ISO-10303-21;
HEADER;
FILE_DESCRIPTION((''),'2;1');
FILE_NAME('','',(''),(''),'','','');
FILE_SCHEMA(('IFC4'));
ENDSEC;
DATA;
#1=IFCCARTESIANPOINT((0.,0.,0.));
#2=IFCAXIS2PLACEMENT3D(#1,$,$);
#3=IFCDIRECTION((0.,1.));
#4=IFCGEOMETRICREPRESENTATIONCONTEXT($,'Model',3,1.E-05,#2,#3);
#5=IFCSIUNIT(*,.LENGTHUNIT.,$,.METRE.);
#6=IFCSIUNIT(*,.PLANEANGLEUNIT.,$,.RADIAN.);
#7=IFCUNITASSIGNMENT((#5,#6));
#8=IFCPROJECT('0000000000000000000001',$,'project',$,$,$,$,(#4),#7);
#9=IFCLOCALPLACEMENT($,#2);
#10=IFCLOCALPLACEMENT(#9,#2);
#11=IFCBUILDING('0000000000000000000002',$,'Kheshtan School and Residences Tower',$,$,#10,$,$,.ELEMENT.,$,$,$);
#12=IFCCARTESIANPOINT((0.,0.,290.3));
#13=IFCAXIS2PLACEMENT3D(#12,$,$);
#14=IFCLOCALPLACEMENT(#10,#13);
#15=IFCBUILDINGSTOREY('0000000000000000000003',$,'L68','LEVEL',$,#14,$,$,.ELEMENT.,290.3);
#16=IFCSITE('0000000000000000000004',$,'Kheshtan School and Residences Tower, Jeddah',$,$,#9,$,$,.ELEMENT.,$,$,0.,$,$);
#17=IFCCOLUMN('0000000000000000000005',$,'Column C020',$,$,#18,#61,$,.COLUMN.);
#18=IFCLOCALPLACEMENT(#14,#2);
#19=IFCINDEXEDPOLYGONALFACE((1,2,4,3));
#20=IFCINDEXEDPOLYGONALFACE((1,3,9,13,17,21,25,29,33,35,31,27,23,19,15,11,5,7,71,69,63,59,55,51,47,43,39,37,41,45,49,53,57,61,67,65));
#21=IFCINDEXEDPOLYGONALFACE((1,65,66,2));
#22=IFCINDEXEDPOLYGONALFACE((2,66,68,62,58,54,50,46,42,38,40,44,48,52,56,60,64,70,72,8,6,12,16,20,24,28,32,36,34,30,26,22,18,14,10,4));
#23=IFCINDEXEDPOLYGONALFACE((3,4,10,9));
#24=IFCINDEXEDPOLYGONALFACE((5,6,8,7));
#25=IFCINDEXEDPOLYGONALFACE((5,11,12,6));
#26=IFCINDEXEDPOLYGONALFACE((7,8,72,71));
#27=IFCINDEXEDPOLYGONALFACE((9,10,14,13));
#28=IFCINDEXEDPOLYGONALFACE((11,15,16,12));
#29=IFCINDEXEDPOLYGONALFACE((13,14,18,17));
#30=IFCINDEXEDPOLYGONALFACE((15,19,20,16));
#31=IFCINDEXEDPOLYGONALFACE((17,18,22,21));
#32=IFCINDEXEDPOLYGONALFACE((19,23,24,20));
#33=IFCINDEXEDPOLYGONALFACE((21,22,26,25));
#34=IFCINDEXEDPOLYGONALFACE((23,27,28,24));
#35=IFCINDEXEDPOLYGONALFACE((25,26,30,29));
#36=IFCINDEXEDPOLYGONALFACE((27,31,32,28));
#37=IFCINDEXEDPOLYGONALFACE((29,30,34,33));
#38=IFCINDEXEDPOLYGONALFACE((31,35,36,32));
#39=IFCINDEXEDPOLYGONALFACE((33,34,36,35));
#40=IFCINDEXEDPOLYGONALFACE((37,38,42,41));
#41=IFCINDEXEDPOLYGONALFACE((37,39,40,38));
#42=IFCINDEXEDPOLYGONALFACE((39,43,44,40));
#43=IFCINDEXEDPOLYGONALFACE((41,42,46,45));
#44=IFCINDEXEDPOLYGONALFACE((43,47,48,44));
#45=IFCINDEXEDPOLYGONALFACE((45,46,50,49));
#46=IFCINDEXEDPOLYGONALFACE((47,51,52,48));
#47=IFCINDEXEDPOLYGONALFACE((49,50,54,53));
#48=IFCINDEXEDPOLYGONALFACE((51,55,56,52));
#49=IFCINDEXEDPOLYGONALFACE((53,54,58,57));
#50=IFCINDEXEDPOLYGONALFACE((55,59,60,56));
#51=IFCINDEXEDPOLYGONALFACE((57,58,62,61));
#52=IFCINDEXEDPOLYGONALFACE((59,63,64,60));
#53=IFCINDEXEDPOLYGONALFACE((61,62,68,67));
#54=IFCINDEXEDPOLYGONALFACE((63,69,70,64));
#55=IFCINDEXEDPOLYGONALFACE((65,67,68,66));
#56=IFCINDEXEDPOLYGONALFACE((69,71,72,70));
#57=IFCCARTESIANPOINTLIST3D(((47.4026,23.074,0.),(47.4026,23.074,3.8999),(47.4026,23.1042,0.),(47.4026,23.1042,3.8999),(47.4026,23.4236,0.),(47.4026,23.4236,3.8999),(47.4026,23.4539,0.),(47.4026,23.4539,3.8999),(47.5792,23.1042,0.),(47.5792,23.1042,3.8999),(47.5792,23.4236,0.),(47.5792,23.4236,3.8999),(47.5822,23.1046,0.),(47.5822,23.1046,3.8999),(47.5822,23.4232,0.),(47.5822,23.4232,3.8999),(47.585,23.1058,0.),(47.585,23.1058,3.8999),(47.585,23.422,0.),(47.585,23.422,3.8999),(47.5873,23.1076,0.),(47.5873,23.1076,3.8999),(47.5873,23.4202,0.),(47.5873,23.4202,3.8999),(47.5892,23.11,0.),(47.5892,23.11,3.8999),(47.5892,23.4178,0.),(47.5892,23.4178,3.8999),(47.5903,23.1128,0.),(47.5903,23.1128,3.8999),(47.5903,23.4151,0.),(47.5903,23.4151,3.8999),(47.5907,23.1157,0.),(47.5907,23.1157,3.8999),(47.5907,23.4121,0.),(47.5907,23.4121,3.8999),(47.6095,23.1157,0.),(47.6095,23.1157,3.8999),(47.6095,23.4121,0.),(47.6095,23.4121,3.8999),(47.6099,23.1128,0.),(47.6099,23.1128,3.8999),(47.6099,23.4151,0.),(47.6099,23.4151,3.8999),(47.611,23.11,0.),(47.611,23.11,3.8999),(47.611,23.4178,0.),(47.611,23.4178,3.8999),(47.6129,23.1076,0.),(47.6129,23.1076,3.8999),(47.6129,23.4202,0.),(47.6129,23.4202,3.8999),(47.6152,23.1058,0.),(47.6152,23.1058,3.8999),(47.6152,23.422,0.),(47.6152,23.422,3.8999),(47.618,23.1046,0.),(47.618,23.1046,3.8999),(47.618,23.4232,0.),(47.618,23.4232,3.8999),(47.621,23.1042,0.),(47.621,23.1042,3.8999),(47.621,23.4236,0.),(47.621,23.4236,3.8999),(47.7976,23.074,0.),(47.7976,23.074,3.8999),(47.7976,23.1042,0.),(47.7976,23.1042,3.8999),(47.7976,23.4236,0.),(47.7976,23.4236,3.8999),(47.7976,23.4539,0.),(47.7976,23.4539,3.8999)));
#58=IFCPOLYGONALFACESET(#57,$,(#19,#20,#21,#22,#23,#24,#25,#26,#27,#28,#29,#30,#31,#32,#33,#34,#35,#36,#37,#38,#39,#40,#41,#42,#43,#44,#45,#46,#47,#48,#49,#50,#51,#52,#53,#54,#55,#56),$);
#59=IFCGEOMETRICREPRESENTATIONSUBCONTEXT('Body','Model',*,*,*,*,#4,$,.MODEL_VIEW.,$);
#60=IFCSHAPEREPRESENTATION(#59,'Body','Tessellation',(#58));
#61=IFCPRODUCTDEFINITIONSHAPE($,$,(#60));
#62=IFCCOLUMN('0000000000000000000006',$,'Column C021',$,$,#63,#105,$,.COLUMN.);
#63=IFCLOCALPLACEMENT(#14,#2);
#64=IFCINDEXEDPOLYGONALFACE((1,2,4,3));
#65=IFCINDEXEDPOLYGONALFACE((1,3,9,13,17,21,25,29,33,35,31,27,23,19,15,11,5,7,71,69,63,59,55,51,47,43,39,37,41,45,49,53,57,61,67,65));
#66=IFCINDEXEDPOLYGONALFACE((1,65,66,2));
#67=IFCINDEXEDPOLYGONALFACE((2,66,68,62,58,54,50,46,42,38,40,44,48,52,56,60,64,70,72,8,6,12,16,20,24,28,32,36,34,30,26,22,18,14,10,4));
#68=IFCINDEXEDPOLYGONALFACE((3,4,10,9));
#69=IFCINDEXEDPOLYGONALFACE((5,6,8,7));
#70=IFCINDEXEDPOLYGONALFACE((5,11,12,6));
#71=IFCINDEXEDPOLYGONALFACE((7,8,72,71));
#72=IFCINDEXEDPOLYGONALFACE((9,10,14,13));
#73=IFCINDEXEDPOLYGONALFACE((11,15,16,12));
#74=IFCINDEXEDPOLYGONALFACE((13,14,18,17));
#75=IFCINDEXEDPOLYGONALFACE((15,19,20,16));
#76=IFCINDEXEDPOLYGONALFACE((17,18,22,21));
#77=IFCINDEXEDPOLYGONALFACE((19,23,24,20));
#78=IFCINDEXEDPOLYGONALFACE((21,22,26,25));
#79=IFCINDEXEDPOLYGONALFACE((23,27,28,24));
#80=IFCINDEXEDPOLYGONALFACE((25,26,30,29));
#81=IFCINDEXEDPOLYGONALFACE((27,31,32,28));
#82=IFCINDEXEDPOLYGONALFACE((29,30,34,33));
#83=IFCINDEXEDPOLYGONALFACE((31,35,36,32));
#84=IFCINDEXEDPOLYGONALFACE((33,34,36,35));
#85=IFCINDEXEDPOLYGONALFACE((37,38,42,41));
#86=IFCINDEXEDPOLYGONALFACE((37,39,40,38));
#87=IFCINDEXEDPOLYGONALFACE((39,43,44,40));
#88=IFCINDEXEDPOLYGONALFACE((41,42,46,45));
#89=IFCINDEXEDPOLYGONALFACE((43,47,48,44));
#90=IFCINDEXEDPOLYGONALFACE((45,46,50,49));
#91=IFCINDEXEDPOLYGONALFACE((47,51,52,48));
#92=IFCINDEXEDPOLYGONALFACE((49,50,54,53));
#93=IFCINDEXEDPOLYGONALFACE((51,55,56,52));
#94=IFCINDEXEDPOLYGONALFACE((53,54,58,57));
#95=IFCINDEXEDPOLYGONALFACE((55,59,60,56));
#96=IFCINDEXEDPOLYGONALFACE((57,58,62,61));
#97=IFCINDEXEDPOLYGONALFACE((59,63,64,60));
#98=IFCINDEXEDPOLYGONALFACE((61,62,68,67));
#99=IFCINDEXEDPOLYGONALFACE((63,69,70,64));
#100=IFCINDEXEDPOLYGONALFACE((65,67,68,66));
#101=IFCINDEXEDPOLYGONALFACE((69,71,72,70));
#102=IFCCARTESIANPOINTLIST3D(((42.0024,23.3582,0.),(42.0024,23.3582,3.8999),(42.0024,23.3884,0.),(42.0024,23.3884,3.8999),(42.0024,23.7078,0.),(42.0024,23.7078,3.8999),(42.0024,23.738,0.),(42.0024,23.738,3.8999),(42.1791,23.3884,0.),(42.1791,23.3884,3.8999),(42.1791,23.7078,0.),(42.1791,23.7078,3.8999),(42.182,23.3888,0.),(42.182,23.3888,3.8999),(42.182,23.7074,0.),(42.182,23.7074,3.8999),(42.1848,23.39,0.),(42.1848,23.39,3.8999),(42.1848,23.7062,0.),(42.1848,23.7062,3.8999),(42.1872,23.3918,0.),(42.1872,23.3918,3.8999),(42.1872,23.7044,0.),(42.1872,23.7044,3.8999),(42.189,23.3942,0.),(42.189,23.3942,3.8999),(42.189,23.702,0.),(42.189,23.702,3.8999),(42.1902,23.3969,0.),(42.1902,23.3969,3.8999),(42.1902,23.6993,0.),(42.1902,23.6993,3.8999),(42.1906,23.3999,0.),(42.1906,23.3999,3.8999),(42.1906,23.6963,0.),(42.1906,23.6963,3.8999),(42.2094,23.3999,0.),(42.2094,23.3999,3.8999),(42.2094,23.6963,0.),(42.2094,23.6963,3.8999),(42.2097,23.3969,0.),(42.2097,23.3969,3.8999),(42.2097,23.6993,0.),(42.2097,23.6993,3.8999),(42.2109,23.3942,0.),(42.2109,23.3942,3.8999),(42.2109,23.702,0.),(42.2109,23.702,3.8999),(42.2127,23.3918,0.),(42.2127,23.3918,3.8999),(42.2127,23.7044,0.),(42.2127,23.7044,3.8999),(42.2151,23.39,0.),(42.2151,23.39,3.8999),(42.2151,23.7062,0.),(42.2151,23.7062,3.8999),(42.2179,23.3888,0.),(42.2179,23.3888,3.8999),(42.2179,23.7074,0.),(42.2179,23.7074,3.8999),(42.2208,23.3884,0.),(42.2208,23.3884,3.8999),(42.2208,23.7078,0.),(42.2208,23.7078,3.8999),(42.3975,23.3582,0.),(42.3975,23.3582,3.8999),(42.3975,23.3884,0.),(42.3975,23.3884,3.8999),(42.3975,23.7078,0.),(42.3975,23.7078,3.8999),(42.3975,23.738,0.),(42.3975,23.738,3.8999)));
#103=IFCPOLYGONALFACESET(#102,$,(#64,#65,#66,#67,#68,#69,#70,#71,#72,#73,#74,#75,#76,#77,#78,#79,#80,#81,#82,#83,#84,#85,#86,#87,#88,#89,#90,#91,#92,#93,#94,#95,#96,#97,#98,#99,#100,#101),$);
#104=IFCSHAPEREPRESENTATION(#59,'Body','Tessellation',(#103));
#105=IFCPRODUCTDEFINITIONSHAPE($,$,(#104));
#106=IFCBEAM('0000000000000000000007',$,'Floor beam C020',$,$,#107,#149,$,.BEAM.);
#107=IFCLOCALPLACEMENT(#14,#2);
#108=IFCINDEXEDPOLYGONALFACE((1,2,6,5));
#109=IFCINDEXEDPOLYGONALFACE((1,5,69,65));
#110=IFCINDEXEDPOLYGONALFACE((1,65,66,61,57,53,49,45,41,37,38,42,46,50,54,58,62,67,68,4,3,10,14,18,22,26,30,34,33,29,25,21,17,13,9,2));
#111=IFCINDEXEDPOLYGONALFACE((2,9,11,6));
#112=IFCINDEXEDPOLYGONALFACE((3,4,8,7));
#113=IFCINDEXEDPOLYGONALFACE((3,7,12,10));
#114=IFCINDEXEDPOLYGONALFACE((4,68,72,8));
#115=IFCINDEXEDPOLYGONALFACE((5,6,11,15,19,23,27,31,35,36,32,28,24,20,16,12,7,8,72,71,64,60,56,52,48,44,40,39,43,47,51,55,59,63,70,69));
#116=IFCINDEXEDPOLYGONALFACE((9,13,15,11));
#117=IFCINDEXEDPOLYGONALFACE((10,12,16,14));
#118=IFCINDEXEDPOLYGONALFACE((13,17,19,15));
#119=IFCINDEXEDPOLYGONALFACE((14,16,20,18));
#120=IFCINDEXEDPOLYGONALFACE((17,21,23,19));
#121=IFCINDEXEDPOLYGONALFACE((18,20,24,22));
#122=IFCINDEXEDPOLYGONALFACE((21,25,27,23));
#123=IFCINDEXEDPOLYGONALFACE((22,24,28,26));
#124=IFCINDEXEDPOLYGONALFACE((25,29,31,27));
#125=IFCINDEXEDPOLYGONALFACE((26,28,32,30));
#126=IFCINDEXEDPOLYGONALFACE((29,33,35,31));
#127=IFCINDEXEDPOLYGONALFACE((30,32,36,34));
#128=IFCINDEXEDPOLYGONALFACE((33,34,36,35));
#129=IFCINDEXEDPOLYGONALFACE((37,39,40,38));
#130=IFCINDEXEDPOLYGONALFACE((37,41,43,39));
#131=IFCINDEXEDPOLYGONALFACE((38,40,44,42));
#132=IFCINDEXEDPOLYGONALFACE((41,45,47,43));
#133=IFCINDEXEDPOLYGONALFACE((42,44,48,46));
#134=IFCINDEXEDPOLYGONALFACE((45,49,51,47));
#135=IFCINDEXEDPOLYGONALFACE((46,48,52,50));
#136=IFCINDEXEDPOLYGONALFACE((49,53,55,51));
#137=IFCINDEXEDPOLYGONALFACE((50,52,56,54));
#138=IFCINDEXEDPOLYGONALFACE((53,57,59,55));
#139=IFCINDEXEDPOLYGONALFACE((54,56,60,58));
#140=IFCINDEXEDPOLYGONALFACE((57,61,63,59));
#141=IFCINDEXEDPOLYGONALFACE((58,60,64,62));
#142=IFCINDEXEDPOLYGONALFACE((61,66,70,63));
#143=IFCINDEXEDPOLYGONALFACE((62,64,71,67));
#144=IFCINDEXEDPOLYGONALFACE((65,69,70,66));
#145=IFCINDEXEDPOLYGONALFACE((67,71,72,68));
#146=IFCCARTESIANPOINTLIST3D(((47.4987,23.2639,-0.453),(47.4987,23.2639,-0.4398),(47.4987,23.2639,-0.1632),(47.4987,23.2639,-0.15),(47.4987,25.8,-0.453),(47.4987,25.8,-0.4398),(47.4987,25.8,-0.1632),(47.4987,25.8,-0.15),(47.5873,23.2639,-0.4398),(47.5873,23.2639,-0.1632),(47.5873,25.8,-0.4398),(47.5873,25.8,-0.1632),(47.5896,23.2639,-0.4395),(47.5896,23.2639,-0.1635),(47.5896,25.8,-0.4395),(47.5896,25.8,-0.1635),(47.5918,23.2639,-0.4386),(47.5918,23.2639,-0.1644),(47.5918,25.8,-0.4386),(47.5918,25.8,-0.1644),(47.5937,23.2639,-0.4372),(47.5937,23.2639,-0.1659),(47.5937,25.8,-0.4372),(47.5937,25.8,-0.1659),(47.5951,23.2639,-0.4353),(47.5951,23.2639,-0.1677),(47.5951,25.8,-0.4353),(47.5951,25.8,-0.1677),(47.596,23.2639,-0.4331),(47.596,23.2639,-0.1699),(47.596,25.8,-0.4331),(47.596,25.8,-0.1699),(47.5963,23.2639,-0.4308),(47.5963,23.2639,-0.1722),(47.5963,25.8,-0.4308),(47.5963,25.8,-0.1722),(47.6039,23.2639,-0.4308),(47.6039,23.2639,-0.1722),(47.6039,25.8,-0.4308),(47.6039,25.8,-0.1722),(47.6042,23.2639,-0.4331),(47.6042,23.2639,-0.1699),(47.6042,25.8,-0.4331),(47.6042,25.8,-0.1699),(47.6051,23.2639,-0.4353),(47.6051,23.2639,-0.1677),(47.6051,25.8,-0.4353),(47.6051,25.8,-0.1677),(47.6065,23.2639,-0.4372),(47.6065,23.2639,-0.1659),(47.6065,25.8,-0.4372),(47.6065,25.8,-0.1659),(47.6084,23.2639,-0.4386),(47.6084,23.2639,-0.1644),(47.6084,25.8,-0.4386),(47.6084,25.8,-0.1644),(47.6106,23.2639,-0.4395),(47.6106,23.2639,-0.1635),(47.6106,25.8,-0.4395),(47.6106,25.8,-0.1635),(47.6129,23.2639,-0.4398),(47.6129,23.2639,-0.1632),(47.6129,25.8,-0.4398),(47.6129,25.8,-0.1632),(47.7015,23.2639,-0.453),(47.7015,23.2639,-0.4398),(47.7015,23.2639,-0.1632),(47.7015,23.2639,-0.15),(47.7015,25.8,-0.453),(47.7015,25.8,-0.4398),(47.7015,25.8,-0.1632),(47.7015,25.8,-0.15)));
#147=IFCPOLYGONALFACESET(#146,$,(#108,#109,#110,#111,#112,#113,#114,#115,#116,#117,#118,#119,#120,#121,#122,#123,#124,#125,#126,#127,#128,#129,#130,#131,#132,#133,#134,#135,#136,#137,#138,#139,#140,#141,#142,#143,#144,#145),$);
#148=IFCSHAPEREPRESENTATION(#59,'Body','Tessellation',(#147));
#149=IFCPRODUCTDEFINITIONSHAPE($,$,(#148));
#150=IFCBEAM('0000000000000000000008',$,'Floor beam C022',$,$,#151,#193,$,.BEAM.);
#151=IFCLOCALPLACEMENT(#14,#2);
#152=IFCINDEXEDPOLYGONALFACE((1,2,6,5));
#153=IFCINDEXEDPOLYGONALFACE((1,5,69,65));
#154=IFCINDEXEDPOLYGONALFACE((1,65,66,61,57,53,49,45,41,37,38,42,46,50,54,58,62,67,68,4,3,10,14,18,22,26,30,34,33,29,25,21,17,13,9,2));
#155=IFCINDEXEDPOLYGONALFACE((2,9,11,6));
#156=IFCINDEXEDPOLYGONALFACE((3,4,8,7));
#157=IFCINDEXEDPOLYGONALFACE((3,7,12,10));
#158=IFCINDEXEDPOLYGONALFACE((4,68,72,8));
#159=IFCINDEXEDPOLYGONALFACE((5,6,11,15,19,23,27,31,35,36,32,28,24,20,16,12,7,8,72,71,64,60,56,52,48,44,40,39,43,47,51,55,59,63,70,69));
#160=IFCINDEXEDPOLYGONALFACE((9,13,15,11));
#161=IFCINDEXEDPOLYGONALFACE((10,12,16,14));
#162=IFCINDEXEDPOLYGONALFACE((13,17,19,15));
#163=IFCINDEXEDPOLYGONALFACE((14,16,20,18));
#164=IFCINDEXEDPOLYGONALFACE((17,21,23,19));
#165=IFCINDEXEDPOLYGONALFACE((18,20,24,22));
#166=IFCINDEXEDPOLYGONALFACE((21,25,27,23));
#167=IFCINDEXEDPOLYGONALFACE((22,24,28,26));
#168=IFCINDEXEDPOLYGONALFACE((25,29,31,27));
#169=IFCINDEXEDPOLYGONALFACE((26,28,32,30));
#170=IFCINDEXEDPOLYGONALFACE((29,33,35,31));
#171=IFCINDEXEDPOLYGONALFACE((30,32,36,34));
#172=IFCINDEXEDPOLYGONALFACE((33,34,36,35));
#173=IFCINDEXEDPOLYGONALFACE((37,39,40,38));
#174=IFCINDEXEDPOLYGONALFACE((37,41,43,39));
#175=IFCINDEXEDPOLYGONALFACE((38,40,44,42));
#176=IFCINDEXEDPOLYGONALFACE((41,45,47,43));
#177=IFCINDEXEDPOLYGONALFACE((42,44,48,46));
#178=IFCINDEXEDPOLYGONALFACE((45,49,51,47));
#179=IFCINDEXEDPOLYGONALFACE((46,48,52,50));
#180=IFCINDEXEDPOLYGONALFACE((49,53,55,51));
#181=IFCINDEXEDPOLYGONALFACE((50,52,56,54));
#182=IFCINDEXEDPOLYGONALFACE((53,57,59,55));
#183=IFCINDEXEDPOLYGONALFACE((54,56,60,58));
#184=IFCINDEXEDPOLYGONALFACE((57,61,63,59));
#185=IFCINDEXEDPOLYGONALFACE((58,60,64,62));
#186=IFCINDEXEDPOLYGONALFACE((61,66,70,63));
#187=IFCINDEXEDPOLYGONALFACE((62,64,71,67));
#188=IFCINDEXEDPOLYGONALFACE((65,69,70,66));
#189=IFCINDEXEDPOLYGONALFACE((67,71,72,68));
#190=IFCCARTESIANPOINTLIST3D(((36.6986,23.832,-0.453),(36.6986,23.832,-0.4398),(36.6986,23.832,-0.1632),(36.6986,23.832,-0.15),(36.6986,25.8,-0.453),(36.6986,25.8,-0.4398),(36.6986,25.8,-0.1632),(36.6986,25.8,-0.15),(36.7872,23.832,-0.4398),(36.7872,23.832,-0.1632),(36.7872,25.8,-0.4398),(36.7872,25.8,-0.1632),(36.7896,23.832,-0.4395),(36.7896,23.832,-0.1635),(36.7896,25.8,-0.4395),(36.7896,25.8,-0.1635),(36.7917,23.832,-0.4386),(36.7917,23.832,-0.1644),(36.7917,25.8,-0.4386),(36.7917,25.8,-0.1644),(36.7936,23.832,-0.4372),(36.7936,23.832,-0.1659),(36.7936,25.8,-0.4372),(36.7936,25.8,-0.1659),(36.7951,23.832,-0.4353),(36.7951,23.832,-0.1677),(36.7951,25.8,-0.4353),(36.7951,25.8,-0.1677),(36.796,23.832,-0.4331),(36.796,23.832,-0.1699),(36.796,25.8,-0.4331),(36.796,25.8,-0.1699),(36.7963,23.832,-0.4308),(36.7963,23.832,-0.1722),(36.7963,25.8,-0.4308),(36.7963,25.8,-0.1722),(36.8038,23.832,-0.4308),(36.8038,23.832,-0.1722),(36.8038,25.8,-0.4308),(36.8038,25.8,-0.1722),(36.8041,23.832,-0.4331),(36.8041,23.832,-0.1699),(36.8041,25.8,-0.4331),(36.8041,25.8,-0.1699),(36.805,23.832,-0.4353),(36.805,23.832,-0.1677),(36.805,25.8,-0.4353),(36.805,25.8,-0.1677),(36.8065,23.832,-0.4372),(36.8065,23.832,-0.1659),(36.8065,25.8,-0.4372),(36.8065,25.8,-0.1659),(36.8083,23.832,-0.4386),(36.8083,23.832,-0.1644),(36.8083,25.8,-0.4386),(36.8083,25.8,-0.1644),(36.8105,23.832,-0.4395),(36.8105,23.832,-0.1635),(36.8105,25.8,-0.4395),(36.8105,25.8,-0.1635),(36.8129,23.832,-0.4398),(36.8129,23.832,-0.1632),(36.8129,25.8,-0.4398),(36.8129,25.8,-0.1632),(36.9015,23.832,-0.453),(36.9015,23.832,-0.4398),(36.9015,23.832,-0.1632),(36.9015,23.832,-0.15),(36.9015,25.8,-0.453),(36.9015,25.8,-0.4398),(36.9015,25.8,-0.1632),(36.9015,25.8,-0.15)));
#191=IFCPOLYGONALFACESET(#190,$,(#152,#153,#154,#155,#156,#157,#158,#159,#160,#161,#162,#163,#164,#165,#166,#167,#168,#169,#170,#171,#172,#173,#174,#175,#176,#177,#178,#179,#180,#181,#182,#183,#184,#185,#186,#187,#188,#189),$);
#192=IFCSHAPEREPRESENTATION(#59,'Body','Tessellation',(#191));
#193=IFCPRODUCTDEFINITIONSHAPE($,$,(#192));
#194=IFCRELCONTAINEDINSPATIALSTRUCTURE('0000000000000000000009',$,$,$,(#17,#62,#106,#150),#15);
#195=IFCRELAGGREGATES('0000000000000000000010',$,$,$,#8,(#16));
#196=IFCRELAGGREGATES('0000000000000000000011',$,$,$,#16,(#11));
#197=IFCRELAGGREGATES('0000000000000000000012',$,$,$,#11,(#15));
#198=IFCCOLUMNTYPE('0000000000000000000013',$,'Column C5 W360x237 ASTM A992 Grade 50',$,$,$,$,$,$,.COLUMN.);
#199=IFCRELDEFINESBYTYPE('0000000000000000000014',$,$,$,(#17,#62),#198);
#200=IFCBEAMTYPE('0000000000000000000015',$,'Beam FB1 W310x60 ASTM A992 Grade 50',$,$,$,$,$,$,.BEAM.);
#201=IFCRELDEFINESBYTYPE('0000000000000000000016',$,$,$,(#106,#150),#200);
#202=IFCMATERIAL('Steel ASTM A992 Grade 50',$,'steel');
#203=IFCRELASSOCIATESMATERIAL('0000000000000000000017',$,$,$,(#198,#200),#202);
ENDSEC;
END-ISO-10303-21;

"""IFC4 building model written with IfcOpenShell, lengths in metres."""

from ifc_helpers import new_model, si_unit, direction, frame, origin, origin_2d, place, context, subcontext, project, spatial, i_section, extrude, material, material_profile, profile_set, type_object, element, save


model = new_model("IFC4")

# Units and contexts
model_context = context("Model", 3, precision=1e-05, world=origin(), true_north=direction((0.0, 1.0)))
body_context = subcontext(model_context, "Body", "Model", "MODEL_VIEW")
ifc_project = project(units=[si_unit("LENGTHUNIT", "METRE"), si_unit("PLANEANGLEUNIT", "RADIAN")], contexts=[model_context])

# Site, building, storey
site_placement = place(None, origin())
site = spatial("IfcSite", under=ifc_project, at=site_placement, Name="Kheshtan School and Residences Tower, Jeddah", CompositionType="ELEMENT", RefElevation=0.0)
building_placement = place(site_placement, origin())
building = spatial("IfcBuilding", under=site, at=building_placement, Name="Kheshtan School and Residences Tower", CompositionType="ELEMENT")
storey_placement = place(building_placement, frame((0.0, 0.0, 290.3)))
storey = spatial("IfcBuildingStorey", under=building, at=storey_placement, Name="L68", Description="LEVEL", CompositionType="ELEMENT", Elevation=290.3)

# Columns
ifc_material_1 = material(Name="Steel ASTM A992 Grade 50", Category="steel")
ifc_material_profile_1 = material_profile(ifc_material_1, i_section(OverallWidth=0.395, OverallDepth=0.3799, WebThickness=0.0188, FlangeThickness=0.0303, FilletRadius=0.0115, at=origin_2d()), Name="W360x237")
ifc_profile_set_1 = profile_set([ifc_material_profile_1], Name="Steel ASTM A992 Grade 50")
column_type = type_object("IfcColumnType", Name="Column C5 W360x237 ASTM A992 Grade 50", PredefinedType="COLUMN", material=ifc_profile_set_1)
for number, where, z_axis, x_axis, name in (
    (1, (47.6001, 23.2639, 0.0), (0.0, 0.0, 1.0), (1.0, 0.0, 0.0), "Column C020"),
    (2, (42.2, 23.5481, 0.0), (0.0, 0.0, 1.0), (1.0, 0.0, 0.0), "Column C021"),
):
    element("IfcColumn", number, at=place(storey_placement, frame(where, z_axis=z_axis, x_axis=x_axis)), inside=storey, type_object=column_type, Name=name, PredefinedType="COLUMN", context=body_context, shape_type="SweptSolid", body=[
        extrude(i_section(OverallWidth=0.395, OverallDepth=0.3799, WebThickness=0.0188, FlangeThickness=0.0303, FilletRadius=0.0115, at=origin_2d()), origin(), (0.0, 0.0, 1.0), 3.8999),
    ])

# Beams
ifc_material_profile_2 = material_profile(ifc_material_1, i_section(OverallWidth=0.2029, OverallDepth=0.303, WebThickness=0.0076, FlangeThickness=0.0132, FilletRadius=0.009, at=origin_2d()), Name="W310x60")
ifc_profile_set_2 = profile_set([ifc_material_profile_2], Name="Steel ASTM A992 Grade 50")
beam_type_1 = type_object("IfcBeamType", Name="Beam FB1 W310x60 ASTM A992 Grade 50", PredefinedType="BEAM", material=ifc_profile_set_2)
beam_1_placement = place(storey_placement, frame((47.6001, 23.2639, -0.3015), z_axis=(0.0, 1.0, 0.0), x_axis=(-1.0, 0.0, 0.0)))
element("IfcBeam", 3, at=beam_1_placement, inside=storey, type_object=beam_type_1, Name="Floor beam C020", PredefinedType="BEAM", context=body_context, shape_type="SweptSolid", body=[
    extrude(i_section(OverallWidth=0.2029, OverallDepth=0.303, WebThickness=0.0076, FlangeThickness=0.0132, FilletRadius=0.009, at=origin_2d()), origin(), (0.0, 0.0, 1.0), 2.5361),
])
beam_2_placement = place(storey_placement, frame((36.8, 23.832, -0.3015), z_axis=(0.0, 1.0, 0.0), x_axis=(-1.0, 0.0, 0.0)))
element("IfcBeam", 4, at=beam_2_placement, inside=storey, type_object=beam_type_1, Name="Floor beam C022", PredefinedType="BEAM", context=body_context, shape_type="SweptSolid", body=[
    extrude(i_section(OverallWidth=0.2029, OverallDepth=0.303, WebThickness=0.0076, FlangeThickness=0.0132, FilletRadius=0.009, at=origin_2d()), origin(), (0.0, 0.0, 1.0), 1.968),
])

save(model, "model.ifc")
